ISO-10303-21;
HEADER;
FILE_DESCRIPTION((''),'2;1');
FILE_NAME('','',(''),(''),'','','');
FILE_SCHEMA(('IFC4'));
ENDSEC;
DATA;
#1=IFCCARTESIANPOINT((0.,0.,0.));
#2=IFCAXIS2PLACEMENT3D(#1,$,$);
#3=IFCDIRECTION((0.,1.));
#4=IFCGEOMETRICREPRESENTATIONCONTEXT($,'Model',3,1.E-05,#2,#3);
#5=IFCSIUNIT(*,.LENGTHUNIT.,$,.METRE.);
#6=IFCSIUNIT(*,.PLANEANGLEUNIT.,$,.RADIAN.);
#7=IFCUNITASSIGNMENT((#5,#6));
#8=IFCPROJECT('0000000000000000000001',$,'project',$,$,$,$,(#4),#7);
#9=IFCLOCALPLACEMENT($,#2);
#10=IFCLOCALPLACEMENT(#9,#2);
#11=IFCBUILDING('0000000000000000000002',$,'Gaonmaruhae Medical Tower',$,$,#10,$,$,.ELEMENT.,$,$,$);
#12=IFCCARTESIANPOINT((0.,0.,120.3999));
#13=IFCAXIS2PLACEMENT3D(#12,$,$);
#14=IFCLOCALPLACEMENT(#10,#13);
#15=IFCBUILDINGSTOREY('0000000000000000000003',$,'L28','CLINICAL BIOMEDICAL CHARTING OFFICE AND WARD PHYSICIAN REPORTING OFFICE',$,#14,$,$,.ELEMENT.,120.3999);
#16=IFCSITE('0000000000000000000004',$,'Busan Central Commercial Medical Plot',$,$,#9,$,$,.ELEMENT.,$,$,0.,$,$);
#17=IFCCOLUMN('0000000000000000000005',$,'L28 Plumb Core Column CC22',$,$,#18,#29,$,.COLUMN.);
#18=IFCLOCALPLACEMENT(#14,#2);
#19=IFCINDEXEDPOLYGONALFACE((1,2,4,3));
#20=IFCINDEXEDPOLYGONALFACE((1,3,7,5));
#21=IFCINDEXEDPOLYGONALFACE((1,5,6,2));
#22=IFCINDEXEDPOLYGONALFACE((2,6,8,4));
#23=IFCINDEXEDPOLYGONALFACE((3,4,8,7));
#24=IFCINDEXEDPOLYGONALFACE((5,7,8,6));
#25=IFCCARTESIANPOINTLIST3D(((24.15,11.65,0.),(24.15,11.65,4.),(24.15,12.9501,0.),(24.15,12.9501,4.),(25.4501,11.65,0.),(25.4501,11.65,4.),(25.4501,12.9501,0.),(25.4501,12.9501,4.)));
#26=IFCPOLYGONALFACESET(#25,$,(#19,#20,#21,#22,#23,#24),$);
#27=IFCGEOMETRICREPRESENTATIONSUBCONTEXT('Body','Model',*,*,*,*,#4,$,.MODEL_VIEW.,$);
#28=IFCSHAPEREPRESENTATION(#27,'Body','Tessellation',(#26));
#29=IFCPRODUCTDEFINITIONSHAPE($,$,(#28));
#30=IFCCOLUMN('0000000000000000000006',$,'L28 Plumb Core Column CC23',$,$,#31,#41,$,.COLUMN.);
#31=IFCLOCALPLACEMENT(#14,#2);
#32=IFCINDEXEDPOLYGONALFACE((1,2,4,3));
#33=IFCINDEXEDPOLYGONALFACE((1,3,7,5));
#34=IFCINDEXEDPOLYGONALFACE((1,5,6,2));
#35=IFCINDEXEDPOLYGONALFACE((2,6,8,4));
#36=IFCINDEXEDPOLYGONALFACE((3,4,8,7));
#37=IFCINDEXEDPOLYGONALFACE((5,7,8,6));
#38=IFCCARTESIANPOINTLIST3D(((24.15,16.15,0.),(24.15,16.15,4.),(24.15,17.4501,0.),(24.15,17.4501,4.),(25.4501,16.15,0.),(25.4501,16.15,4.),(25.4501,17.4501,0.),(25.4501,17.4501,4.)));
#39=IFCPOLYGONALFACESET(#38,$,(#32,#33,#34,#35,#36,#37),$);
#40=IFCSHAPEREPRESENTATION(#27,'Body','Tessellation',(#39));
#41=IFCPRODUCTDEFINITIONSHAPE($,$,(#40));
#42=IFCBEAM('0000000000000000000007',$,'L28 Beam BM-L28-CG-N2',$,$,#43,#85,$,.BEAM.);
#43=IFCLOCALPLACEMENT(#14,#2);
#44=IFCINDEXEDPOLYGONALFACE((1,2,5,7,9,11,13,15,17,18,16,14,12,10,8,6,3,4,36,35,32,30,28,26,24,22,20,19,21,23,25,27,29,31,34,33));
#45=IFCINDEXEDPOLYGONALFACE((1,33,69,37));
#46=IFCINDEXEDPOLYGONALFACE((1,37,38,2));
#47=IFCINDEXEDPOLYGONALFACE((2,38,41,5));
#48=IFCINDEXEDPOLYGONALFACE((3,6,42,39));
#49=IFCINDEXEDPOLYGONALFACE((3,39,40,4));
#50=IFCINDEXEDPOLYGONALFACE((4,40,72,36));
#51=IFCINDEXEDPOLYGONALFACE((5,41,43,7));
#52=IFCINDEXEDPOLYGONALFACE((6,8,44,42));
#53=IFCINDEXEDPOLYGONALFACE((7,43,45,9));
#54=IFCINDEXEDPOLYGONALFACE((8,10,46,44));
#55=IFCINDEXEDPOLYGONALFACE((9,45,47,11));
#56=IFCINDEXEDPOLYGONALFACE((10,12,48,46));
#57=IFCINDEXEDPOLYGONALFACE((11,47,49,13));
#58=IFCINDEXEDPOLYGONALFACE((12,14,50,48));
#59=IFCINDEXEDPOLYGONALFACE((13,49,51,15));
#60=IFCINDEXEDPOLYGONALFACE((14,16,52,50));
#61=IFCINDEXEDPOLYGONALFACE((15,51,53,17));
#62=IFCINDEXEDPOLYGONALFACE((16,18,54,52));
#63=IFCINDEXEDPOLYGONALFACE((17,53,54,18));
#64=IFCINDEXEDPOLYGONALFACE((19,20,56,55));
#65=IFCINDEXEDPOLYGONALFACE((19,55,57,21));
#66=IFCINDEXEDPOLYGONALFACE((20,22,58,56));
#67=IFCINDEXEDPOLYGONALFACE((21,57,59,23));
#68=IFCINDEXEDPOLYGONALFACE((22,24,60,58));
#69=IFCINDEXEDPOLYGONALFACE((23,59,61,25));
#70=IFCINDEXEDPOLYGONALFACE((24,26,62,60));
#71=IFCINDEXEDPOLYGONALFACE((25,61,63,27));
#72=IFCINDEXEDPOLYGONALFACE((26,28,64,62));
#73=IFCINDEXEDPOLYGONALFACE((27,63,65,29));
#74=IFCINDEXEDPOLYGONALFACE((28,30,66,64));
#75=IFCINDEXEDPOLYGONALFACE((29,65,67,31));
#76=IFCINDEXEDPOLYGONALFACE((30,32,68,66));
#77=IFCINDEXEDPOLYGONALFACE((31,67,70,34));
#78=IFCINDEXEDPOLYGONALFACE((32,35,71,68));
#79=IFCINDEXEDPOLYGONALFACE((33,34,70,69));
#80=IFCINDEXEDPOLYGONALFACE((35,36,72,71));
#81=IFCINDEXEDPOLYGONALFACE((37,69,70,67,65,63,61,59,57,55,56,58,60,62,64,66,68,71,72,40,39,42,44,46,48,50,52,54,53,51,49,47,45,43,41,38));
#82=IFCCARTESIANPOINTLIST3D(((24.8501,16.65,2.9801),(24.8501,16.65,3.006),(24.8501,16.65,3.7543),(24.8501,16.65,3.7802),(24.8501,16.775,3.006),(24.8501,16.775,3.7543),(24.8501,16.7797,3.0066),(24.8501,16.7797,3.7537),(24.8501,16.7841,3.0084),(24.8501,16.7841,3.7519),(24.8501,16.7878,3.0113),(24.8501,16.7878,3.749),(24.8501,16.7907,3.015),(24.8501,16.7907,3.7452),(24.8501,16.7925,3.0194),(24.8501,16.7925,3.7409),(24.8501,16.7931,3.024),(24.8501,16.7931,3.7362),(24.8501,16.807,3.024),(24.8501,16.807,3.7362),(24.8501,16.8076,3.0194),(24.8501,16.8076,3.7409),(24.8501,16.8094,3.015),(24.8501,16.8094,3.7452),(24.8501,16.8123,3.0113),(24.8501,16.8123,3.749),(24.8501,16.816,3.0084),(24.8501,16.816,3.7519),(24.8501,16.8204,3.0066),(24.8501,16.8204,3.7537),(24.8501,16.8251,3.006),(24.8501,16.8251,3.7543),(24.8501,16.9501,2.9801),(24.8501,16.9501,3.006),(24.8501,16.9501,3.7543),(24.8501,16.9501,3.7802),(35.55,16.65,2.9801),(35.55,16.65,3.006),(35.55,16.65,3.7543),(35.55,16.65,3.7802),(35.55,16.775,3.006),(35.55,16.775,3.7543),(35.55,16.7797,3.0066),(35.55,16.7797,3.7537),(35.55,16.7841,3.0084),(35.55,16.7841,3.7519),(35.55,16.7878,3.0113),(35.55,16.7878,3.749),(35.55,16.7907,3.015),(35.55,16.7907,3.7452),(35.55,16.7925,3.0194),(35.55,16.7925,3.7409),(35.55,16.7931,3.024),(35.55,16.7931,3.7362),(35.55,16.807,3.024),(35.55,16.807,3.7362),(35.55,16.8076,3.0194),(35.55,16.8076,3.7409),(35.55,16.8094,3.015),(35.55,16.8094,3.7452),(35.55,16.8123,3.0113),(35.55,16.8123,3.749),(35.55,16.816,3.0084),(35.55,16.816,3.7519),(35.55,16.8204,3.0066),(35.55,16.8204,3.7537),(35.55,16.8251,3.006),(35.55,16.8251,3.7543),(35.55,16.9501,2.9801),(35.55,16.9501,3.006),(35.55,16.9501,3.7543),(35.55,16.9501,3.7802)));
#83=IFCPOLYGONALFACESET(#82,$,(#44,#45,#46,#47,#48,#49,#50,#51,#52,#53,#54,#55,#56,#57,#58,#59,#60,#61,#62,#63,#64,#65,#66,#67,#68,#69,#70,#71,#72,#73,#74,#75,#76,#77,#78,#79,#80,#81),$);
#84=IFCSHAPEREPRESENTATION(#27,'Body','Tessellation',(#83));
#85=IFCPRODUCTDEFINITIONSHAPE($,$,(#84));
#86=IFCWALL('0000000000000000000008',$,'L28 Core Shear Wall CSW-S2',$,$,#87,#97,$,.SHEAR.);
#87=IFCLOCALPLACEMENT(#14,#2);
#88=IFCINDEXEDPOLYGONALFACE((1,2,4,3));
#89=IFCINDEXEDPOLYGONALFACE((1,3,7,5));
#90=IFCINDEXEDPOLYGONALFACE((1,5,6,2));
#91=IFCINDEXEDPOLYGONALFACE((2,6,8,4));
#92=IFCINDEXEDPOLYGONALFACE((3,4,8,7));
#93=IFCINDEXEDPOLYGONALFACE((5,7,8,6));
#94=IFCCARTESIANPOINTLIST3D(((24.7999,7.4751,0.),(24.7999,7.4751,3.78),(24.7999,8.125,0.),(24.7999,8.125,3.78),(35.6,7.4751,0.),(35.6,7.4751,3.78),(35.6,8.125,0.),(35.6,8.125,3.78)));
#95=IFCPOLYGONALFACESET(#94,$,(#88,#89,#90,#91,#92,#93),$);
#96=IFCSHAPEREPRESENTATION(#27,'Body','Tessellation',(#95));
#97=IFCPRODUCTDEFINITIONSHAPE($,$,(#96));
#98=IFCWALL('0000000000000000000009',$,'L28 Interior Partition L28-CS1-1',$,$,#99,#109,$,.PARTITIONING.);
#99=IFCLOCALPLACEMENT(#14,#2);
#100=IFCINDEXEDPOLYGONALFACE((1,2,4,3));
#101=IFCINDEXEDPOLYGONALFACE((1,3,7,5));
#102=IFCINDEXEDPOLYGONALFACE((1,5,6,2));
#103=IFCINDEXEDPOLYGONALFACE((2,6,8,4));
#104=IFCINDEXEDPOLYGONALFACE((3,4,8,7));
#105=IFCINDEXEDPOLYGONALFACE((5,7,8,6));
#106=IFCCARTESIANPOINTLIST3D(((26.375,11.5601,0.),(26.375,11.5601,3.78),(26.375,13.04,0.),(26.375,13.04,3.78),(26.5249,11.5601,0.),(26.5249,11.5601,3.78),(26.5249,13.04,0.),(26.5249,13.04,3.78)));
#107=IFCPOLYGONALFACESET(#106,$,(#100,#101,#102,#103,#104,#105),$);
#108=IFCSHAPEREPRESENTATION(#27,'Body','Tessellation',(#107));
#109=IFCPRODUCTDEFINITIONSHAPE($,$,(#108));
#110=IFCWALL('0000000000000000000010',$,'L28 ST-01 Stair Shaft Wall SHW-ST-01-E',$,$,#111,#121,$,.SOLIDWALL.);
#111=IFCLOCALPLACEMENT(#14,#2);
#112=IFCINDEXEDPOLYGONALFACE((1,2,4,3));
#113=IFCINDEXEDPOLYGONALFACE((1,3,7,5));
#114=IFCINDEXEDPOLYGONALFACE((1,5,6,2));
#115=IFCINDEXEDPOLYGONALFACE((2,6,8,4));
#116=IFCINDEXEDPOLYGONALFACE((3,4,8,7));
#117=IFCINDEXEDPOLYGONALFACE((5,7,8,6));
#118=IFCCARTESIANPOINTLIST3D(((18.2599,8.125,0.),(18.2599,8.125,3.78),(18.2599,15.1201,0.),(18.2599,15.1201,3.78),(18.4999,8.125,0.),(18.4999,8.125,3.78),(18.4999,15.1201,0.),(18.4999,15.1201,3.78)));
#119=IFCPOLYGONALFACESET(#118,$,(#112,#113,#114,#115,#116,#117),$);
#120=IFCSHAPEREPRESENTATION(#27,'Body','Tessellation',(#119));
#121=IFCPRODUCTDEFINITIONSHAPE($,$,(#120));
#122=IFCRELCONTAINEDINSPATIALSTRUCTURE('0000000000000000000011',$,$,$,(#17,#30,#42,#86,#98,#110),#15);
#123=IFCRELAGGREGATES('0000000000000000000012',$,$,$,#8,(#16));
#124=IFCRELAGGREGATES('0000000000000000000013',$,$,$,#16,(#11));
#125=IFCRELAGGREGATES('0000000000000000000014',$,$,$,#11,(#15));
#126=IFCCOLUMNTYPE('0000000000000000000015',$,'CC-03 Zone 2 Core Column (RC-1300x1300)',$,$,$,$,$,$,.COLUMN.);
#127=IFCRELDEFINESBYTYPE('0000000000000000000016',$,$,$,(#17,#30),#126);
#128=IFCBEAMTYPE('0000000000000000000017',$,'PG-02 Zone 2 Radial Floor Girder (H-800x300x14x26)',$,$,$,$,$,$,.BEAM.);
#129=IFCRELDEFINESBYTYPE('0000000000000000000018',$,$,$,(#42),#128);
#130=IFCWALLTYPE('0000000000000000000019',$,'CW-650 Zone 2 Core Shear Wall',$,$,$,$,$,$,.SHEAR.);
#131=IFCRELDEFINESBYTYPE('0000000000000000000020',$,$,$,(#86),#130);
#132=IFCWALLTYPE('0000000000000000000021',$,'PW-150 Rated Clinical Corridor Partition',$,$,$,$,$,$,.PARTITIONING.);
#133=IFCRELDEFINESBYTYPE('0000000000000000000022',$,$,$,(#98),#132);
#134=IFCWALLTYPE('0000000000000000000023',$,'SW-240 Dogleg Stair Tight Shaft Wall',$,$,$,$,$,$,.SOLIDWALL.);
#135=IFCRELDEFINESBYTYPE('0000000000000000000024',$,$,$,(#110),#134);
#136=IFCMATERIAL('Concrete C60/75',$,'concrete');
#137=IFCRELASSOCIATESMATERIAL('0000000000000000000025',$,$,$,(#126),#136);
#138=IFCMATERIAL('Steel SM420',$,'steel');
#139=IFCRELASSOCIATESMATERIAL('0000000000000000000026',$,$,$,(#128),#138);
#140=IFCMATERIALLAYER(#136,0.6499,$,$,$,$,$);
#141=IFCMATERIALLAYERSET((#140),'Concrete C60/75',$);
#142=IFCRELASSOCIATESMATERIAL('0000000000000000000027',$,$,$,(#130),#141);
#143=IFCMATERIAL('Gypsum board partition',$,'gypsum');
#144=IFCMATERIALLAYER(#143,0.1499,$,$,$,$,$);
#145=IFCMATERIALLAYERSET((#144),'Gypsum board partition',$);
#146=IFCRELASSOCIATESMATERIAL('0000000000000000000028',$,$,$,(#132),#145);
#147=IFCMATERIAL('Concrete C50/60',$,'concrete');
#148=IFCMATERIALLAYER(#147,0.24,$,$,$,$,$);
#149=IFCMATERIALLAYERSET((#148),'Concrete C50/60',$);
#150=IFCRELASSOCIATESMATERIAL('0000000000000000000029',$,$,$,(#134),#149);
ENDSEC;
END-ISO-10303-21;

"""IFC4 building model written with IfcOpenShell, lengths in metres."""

from ifc_helpers import new_model, si_unit, direction, frame, frame_2d, origin, origin_2d, place, context, subcontext, project, spatial, rectangle, i_section, extrude, material, layer, layer_set, material_profile, profile_set, type_object, element, save


model = new_model("IFC4")

# Units and contexts
model_context = context("Model", 3, precision=1e-05, world=origin(), true_north=direction((0.0, 1.0)))
body_context = subcontext(model_context, "Body", "Model", "MODEL_VIEW")
ifc_project = project(units=[si_unit("LENGTHUNIT", "METRE"), si_unit("PLANEANGLEUNIT", "RADIAN")], contexts=[model_context])

# Site, building, storey
site_placement = place(None, origin())
site = spatial("IfcSite", under=ifc_project, at=site_placement, Name="Busan Central Commercial Medical Plot", CompositionType="ELEMENT", RefElevation=0.0)
building_placement = place(site_placement, origin())
building = spatial("IfcBuilding", under=site, at=building_placement, Name="Gaonmaruhae Medical Tower", CompositionType="ELEMENT")
storey_placement = place(building_placement, frame((0.0, 0.0, 120.3999)))
storey = spatial("IfcBuildingStorey", under=building, at=storey_placement, Name="L28", Description="CLINICAL BIOMEDICAL CHARTING OFFICE AND WARD PHYSICIAN REPORTING OFFICE", CompositionType="ELEMENT", Elevation=120.3999)

# Columns
ifc_material_1 = material(Name="Concrete C60/75", Category="concrete")
ifc_material_profile_1 = material_profile(ifc_material_1, rectangle(XDim=1.3, YDim=1.3, at=origin_2d()), Name="RC-1300x1300")
ifc_profile_set_1 = profile_set([ifc_material_profile_1], Name="Concrete C60/75")
column_type = type_object("IfcColumnType", Name="CC-03 Zone 2 Core Column (RC-1300x1300)", PredefinedType="COLUMN", material=ifc_profile_set_1)
for number, where, z_axis, x_axis, name in (
    (1, (24.8, 12.3, 0.0), (0.0, 0.0, 1.0), (1.0, 0.0, 0.0), "L28 Plumb Core Column CC22"),
    (2, (24.8, 16.8, 0.0), (0.0, 0.0, 1.0), (1.0, 0.0, 0.0), "L28 Plumb Core Column CC23"),
):
    element("IfcColumn", number, at=place(storey_placement, frame(where, z_axis=z_axis, x_axis=x_axis)), inside=storey, type_object=column_type, Name=name, PredefinedType="COLUMN", context=body_context, shape_type="SweptSolid", body=[
        extrude(rectangle(XDim=1.3, YDim=1.3, at=origin_2d()), origin(), (0.0, 0.0, 1.0), 4.0),
    ])

# Beam
ifc_material_2 = material(Name="Steel SM420", Category="steel")
ifc_material_profile_2 = material_profile(ifc_material_2, i_section(OverallWidth=0.3, OverallDepth=0.8, WebThickness=0.0139, FlangeThickness=0.0259, FilletRadius=0.0181, at=origin_2d()), Name="H-800x300x14x26")
ifc_profile_set_2 = profile_set([ifc_material_profile_2], Name="Steel SM420")
beam_type = type_object("IfcBeamType", Name="PG-02 Zone 2 Radial Floor Girder (H-800x300x14x26)", PredefinedType="BEAM", material=ifc_profile_set_2)
beam_placement = place(storey_placement, frame((24.8501, 16.8, 3.3801), z_axis=(1.0, 0.0, 0.0), x_axis=(0.0, 1.0, 0.0)))
element("IfcBeam", 3, at=beam_placement, inside=storey, type_object=beam_type, Name="L28 Beam BM-L28-CG-N2", PredefinedType="BEAM", context=body_context, shape_type="SweptSolid", body=[
    extrude(i_section(OverallWidth=0.3, OverallDepth=0.8, WebThickness=0.0139, FlangeThickness=0.0259, FilletRadius=0.0181, at=origin_2d()), origin(), (0.0, 0.0, 1.0), 10.7),
])

# Walls
ifc_layer_1 = layer(ifc_material_1, 0.6499)
ifc_layer_set_1 = layer_set([ifc_layer_1], Name="Concrete C60/75")
wall_type_1 = type_object("IfcWallType", Name="CW-650 Zone 2 Core Shear Wall", PredefinedType="SHEAR", material=ifc_layer_set_1)
wall_1_placement = place(storey_placement, frame((24.8, 7.8, 0.0), z_axis=(0.0, 0.0, 1.0), x_axis=(1.0, 0.0, 0.0)))
element("IfcWall", 4, at=wall_1_placement, inside=storey, type_object=wall_type_1, Name="L28 Core Shear Wall CSW-S2", PredefinedType="SHEAR", context=body_context, shape_type="SweptSolid", body=[
    extrude(rectangle(XDim=10.8, YDim=0.6499, at=frame_2d((5.3999, 0.0))), origin(), (0.0, 0.0, 1.0), 3.78),
])
ifc_material_3 = material(Name="Gypsum board partition", Category="gypsum")
ifc_layer_2 = layer(ifc_material_3, 0.1499)
ifc_layer_set_2 = layer_set([ifc_layer_2], Name="Gypsum board partition")
wall_type_2 = type_object("IfcWallType", Name="PW-150 Rated Clinical Corridor Partition", PredefinedType="PARTITIONING", material=ifc_layer_set_2)
wall_2_placement = place(storey_placement, frame((26.45, 11.5601, 0.0), z_axis=(0.0, 0.0, 1.0), x_axis=(0.0, 1.0, 0.0)))
element("IfcWall", 5, at=wall_2_placement, inside=storey, type_object=wall_type_2, Name="L28 Interior Partition L28-CS1-1", PredefinedType="PARTITIONING", context=body_context, shape_type="SweptSolid", body=[
    extrude(rectangle(XDim=1.48, YDim=0.1499, at=frame_2d((0.74, 0.0))), origin(), (0.0, 0.0, 1.0), 3.78),
])
ifc_material_4 = material(Name="Concrete C50/60", Category="concrete")
ifc_layer_3 = layer(ifc_material_4, 0.24)
ifc_layer_set_3 = layer_set([ifc_layer_3], Name="Concrete C50/60")
wall_type_3 = type_object("IfcWallType", Name="SW-240 Dogleg Stair Tight Shaft Wall", PredefinedType="SOLIDWALL", material=ifc_layer_set_3)
wall_3_placement = place(storey_placement, frame((18.3799, 15.1201, 0.0), z_axis=(0.0, 0.0, 1.0), x_axis=(0.0, -1.0, 0.0)))
element("IfcWall", 6, at=wall_3_placement, inside=storey, type_object=wall_type_3, Name="L28 ST-01 Stair Shaft Wall SHW-ST-01-E", PredefinedType="SOLIDWALL", context=body_context, shape_type="SweptSolid", body=[
    extrude(rectangle(XDim=6.9951, YDim=0.24, at=frame_2d((3.4976, 0.0))), origin(), (0.0, 0.0, 1.0), 3.78),
])

save(model, "model.ifc")
